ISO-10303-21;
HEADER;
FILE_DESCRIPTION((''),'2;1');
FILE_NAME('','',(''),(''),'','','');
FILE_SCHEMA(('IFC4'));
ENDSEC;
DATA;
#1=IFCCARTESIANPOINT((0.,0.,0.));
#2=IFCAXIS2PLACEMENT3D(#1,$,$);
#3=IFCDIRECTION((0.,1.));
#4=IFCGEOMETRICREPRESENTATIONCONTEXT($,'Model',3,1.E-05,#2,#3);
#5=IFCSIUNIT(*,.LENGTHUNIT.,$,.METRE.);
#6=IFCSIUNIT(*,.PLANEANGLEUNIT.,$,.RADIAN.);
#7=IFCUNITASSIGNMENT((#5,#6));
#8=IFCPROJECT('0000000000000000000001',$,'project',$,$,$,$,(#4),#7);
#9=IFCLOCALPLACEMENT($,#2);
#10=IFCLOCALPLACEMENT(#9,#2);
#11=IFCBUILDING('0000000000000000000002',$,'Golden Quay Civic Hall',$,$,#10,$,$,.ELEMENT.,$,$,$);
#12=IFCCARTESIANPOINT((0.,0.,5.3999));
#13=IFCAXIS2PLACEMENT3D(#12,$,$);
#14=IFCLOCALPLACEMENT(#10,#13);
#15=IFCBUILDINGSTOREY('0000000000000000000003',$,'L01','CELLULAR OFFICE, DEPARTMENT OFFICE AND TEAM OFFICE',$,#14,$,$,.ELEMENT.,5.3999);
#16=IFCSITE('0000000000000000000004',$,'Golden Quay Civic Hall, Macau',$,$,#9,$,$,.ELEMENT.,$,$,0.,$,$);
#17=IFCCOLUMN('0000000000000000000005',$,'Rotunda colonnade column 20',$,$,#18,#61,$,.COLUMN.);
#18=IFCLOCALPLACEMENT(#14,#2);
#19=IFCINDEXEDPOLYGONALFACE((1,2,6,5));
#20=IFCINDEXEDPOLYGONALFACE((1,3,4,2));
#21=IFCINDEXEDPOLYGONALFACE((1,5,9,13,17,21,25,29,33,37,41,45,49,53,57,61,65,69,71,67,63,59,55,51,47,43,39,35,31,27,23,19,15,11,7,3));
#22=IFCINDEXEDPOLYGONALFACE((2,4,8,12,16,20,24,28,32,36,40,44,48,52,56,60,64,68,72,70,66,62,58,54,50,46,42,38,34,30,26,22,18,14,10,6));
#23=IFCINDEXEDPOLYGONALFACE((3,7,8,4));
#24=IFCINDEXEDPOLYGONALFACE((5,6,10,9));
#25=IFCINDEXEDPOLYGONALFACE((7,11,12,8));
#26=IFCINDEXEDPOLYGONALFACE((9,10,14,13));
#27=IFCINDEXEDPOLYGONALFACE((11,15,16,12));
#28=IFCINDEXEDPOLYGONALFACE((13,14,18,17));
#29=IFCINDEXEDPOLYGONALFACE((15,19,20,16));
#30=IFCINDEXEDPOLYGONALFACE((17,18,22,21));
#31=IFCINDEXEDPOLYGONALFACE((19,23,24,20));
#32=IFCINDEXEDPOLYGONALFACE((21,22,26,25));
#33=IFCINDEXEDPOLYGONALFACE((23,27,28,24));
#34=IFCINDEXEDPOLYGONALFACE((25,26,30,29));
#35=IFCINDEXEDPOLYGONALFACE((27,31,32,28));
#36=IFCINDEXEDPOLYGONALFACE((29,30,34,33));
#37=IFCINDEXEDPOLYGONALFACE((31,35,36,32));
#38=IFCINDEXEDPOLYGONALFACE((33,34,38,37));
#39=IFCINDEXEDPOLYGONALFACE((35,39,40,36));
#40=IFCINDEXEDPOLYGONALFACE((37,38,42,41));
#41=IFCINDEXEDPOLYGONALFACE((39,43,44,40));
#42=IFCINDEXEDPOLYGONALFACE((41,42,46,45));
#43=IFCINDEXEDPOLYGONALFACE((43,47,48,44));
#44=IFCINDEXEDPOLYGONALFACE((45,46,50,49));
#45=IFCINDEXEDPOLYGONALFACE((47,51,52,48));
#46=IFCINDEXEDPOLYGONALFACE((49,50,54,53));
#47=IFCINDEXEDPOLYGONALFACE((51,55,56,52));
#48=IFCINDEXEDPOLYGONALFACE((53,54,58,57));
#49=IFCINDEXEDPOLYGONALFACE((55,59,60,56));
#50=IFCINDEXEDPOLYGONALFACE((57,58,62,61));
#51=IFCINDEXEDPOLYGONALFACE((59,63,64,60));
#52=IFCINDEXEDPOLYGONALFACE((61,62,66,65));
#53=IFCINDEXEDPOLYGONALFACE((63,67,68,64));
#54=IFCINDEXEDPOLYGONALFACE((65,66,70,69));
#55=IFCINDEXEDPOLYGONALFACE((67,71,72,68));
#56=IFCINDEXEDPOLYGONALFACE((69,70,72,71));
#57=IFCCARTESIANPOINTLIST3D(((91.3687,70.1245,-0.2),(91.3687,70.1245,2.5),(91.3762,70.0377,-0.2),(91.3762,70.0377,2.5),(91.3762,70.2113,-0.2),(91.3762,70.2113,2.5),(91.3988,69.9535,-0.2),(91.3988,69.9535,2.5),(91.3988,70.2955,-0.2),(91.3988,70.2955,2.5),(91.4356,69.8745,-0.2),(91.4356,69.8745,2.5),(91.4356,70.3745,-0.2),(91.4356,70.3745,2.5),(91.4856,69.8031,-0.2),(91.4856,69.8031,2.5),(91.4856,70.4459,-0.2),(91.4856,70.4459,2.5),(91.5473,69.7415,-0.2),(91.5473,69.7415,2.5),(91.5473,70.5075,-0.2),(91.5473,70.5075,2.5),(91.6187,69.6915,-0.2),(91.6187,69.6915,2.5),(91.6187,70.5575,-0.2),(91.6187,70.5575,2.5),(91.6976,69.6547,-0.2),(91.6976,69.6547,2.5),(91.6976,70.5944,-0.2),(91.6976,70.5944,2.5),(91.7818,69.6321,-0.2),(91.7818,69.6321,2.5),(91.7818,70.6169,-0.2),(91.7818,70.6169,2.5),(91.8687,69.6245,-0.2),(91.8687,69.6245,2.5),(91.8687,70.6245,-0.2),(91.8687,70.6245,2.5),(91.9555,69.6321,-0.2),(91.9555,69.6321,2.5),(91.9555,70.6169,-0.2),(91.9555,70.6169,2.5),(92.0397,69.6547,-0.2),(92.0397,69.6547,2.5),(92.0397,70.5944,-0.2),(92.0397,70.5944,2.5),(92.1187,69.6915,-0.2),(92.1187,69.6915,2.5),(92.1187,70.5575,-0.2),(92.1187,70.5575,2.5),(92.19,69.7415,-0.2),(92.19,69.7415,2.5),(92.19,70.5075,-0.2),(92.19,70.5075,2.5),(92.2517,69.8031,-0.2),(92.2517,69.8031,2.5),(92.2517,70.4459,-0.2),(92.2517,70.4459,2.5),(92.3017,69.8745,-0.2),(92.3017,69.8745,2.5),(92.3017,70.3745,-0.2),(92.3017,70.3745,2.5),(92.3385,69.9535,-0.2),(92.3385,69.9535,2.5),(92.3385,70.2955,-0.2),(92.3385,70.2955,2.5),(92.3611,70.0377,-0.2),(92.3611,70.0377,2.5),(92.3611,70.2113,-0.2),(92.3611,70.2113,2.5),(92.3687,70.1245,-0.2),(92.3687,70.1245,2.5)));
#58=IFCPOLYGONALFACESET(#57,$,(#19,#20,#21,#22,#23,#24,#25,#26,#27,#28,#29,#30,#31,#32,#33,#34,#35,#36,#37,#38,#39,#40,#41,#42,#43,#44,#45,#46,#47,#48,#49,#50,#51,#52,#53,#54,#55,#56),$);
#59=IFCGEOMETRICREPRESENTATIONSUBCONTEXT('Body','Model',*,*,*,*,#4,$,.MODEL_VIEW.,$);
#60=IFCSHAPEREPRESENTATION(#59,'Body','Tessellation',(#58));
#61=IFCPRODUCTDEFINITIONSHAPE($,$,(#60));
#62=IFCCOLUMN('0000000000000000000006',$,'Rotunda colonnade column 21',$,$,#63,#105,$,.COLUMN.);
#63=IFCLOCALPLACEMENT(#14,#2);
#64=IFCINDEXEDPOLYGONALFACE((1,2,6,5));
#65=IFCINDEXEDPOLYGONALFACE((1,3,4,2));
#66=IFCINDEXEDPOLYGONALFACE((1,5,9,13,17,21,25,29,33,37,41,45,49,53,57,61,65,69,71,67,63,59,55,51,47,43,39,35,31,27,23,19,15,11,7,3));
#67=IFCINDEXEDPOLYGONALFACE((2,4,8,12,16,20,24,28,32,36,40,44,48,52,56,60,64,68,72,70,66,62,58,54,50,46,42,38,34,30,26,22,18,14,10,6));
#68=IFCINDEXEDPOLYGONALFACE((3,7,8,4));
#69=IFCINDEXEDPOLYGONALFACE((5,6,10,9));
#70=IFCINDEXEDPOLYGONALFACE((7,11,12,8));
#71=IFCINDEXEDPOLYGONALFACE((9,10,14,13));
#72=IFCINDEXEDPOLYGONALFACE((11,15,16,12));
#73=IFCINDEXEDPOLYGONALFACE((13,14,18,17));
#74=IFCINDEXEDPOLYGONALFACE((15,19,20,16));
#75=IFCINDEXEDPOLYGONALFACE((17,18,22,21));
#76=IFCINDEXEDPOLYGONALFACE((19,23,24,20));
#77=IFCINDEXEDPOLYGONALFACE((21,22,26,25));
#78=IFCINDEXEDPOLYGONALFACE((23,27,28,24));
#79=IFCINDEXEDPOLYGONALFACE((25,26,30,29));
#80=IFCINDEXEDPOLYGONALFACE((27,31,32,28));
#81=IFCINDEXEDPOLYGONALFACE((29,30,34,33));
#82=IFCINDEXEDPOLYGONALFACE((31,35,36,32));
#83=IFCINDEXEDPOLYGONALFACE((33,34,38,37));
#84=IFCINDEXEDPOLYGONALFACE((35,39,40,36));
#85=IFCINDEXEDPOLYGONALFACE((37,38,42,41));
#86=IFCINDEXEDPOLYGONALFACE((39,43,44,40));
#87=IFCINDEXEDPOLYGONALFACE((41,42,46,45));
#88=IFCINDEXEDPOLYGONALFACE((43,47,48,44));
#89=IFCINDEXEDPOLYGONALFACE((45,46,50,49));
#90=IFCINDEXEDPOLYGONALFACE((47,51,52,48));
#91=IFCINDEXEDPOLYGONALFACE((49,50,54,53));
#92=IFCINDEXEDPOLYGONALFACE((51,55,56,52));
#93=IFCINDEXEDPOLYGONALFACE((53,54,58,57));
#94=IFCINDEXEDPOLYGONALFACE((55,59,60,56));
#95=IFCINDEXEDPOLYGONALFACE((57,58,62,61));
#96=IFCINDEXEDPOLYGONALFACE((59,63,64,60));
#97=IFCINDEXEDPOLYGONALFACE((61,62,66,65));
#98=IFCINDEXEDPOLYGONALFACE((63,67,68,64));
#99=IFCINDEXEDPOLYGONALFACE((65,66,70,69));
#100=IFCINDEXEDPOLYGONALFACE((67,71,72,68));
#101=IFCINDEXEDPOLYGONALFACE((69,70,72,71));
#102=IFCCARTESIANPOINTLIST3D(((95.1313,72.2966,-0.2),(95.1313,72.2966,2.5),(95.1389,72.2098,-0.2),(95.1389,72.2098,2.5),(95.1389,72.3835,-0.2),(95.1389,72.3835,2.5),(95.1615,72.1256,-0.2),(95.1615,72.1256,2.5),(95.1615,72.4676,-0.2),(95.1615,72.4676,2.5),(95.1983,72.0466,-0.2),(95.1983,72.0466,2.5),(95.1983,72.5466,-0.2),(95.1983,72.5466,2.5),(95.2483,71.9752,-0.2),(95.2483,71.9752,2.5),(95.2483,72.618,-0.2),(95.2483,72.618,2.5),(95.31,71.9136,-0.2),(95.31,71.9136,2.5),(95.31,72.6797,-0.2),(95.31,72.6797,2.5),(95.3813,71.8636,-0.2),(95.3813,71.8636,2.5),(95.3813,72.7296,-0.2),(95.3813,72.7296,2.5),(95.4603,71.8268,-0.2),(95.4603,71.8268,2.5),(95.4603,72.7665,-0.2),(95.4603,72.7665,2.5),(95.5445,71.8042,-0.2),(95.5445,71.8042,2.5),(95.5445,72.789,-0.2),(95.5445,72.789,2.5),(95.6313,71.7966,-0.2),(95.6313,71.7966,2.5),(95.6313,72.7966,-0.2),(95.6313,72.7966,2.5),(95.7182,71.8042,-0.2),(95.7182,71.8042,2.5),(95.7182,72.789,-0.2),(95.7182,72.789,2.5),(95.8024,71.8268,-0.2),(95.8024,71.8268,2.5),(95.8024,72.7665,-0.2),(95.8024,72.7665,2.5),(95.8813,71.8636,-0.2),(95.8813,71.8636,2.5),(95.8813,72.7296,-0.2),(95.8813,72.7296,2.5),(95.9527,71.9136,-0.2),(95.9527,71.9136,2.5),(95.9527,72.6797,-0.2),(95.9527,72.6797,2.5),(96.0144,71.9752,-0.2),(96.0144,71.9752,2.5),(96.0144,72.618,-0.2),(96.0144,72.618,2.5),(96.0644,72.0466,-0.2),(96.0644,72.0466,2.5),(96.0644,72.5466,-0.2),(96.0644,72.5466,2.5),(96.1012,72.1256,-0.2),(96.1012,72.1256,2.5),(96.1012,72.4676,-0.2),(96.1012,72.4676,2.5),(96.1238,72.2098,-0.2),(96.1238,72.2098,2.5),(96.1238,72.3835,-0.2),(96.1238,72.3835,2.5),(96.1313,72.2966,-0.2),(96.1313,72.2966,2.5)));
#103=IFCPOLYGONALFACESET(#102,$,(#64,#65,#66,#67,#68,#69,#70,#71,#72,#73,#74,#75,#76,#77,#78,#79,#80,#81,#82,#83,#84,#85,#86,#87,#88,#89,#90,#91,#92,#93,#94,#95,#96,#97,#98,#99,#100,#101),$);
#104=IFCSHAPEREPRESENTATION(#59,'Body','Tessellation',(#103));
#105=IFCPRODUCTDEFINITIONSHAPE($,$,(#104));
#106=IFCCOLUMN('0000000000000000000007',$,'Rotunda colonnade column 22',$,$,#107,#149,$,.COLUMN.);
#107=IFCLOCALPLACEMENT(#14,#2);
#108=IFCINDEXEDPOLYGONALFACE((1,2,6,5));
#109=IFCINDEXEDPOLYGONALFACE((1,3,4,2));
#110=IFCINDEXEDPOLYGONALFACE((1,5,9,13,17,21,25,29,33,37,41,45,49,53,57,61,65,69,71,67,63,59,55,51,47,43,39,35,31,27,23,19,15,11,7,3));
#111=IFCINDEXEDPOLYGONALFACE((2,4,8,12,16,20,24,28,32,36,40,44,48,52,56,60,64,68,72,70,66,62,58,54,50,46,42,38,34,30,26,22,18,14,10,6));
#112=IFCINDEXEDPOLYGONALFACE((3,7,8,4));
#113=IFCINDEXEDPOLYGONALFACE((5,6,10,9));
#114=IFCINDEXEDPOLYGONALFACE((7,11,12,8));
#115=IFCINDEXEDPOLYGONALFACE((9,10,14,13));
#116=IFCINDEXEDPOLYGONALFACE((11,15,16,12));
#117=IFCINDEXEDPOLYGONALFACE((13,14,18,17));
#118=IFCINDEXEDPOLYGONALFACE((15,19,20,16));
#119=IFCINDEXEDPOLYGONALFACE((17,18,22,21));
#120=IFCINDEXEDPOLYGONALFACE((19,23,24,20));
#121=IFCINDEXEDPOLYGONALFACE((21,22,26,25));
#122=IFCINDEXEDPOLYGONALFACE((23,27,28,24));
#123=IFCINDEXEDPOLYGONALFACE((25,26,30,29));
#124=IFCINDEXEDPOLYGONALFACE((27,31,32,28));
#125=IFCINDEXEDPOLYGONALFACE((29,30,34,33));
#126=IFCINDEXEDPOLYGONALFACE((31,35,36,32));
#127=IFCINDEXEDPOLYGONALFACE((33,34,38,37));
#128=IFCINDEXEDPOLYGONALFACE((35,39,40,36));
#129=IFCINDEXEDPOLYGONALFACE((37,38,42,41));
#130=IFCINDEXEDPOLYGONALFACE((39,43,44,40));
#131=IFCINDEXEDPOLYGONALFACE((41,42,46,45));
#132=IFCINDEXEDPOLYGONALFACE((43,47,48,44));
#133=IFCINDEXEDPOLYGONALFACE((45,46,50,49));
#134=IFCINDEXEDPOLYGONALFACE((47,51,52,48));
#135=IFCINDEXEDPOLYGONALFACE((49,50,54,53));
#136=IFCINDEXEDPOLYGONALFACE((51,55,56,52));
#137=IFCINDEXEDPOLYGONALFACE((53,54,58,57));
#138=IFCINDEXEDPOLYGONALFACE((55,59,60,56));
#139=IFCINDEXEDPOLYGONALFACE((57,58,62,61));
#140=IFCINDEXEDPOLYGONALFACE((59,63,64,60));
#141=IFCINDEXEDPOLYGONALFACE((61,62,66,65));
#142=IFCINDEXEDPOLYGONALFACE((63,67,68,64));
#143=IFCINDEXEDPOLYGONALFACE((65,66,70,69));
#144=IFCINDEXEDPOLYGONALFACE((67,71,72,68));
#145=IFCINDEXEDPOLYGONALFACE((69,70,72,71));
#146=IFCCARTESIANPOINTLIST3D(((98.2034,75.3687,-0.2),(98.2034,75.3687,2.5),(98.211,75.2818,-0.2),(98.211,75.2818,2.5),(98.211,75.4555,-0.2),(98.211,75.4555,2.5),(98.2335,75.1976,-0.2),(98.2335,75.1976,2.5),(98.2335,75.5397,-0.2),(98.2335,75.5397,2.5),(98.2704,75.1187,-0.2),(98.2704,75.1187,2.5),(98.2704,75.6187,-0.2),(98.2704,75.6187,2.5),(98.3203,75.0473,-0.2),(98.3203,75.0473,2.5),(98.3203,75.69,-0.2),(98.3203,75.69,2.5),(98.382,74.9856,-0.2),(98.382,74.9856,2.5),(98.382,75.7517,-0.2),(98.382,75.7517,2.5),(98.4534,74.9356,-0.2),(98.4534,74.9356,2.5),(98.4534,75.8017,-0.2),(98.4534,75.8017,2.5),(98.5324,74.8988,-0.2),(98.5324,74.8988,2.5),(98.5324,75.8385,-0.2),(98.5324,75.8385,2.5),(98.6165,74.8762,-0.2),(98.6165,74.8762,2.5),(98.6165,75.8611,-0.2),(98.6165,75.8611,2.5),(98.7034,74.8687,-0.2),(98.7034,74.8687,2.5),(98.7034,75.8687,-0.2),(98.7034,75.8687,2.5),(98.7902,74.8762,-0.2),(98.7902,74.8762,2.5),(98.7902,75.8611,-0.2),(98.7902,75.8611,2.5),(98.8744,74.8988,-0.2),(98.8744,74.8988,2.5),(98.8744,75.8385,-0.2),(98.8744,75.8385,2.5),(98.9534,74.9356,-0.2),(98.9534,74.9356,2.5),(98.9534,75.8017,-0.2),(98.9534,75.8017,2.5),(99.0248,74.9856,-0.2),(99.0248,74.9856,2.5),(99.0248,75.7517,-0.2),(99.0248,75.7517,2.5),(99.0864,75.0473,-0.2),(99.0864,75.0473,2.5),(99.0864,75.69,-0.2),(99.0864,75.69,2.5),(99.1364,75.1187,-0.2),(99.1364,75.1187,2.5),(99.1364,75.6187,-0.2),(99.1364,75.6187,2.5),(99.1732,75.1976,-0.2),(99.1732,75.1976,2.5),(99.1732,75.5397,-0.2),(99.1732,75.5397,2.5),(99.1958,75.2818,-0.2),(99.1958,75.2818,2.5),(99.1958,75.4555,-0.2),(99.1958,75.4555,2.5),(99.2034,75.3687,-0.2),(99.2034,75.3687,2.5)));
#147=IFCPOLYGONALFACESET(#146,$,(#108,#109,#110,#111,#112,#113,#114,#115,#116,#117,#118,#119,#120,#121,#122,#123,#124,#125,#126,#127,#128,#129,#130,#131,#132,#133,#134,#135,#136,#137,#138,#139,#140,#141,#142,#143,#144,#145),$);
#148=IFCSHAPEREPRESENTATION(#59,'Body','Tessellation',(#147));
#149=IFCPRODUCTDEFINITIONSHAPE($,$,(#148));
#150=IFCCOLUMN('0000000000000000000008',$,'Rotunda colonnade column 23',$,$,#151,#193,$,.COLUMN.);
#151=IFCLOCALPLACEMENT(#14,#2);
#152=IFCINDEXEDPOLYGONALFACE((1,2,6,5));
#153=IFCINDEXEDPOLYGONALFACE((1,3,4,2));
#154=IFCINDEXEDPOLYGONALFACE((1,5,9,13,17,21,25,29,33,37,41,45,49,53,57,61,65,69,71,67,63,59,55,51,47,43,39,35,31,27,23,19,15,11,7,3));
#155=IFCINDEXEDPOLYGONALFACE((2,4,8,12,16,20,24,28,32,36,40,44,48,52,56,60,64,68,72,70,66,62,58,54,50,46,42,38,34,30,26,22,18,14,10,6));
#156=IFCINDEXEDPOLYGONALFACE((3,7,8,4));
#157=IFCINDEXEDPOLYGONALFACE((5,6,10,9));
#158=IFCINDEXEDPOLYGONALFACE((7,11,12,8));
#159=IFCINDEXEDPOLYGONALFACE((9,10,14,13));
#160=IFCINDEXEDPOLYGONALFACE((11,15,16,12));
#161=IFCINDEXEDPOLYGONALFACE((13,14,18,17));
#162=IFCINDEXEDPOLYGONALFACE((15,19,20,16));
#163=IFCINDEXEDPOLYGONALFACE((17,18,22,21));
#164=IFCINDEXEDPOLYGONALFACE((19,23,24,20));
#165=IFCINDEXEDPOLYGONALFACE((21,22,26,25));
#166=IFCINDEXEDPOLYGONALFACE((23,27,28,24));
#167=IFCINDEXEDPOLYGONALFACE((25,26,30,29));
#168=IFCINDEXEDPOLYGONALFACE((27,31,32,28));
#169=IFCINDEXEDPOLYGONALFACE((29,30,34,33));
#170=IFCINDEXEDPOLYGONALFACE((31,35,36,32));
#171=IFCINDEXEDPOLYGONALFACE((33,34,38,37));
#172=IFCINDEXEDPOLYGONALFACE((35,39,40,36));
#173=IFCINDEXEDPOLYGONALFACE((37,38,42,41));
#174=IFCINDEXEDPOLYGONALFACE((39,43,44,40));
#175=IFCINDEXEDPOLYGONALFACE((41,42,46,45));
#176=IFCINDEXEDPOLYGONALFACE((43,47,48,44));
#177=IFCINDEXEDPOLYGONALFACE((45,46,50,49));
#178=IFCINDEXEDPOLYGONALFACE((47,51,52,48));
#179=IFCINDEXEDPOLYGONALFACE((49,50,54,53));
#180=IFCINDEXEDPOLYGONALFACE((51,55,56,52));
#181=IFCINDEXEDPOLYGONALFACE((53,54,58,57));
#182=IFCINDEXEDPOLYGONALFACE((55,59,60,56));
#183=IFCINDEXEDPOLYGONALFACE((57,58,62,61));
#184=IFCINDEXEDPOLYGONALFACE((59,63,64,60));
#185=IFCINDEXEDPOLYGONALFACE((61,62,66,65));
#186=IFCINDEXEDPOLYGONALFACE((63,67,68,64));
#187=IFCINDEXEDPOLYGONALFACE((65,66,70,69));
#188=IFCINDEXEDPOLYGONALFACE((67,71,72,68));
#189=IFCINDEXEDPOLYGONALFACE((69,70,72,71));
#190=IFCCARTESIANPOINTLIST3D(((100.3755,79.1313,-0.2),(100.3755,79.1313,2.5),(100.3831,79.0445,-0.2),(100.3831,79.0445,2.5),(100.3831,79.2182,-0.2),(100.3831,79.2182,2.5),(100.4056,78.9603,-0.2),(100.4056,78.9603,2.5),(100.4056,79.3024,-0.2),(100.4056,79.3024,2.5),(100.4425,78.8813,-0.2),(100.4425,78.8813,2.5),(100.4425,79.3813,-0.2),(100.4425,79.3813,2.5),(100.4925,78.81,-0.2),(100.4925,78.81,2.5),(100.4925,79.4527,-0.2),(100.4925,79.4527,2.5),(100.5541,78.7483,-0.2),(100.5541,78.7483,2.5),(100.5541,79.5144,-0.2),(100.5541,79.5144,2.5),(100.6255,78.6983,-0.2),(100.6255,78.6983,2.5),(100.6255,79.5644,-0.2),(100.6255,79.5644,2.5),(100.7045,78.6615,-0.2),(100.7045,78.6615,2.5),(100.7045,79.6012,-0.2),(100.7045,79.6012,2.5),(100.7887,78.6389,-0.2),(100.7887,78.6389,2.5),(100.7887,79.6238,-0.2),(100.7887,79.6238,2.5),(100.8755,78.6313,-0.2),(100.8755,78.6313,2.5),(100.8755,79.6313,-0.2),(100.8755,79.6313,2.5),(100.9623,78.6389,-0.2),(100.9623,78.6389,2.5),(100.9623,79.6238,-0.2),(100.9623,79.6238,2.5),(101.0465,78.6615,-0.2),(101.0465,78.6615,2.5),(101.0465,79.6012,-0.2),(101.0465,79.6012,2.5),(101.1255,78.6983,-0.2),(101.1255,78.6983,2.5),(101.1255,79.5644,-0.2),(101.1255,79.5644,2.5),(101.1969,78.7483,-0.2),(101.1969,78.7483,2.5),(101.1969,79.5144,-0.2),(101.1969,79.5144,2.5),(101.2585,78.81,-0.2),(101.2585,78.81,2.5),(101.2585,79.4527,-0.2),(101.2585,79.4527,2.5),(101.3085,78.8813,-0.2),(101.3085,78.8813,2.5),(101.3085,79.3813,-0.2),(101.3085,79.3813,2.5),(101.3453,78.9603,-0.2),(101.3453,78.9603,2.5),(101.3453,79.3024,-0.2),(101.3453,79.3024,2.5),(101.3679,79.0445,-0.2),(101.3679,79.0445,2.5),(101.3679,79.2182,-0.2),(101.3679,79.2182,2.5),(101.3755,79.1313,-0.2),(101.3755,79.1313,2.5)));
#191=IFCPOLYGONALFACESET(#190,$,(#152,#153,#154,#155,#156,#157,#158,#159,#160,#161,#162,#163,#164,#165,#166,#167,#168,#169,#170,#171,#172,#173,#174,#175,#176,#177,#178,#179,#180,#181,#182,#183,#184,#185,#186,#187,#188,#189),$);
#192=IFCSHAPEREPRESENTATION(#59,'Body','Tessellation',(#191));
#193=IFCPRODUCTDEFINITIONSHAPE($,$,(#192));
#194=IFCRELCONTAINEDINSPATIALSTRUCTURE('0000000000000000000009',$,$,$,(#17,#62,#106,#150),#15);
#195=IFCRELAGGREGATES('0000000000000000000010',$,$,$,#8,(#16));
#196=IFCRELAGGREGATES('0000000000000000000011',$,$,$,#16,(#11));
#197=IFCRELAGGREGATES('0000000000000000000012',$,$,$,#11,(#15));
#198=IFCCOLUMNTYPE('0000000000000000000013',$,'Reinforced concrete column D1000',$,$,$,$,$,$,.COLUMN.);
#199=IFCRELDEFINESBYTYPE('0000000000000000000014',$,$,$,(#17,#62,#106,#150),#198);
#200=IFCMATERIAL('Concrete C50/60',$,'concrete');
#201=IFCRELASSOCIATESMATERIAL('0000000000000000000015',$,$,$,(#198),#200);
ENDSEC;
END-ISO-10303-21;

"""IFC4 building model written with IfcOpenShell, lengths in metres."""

from ifc_helpers import new_model, si_unit, direction, frame, origin, origin_2d, place, context, subcontext, project, spatial, circle, extrude, material, material_profile, profile_set, type_object, element, save


model = new_model("IFC4")

# Units and contexts
model_context = context("Model", 3, precision=1e-05, world=origin(), true_north=direction((0.0, 1.0)))
body_context = subcontext(model_context, "Body", "Model", "MODEL_VIEW")
ifc_project = project(units=[si_unit("LENGTHUNIT", "METRE"), si_unit("PLANEANGLEUNIT", "RADIAN")], contexts=[model_context])

# Site, building, storey
site_placement = place(None, origin())
site = spatial("IfcSite", under=ifc_project, at=site_placement, Name="Golden Quay Civic Hall, Macau", CompositionType="ELEMENT", RefElevation=0.0)
building_placement = place(site_placement, origin())
building = spatial("IfcBuilding", under=site, at=building_placement, Name="Golden Quay Civic Hall", CompositionType="ELEMENT")
storey_placement = place(building_placement, frame((0.0, 0.0, 5.3999)))
storey = spatial("IfcBuildingStorey", under=building, at=storey_placement, Name="L01", Description="CELLULAR OFFICE, DEPARTMENT OFFICE AND TEAM OFFICE", CompositionType="ELEMENT", Elevation=5.3999)

# Columns
ifc_material_1 = material(Name="Concrete C50/60", Category="concrete")
ifc_material_profile_1 = material_profile(ifc_material_1, circle(Radius=0.5, at=origin_2d()), Name="RC D1000")
ifc_profile_set_1 = profile_set([ifc_material_profile_1], Name="Concrete C50/60")
column_type_1 = type_object("IfcColumnType", Name="Reinforced concrete column D1000", PredefinedType="COLUMN", material=ifc_profile_set_1)
for number, where, z_axis, x_axis, name in (
    (1, (91.8687, 70.1245, -0.2), (0.0, 0.0, 1.0), (1.0, 0.0, 0.0), "Rotunda colonnade column 20"),
    (2, (95.6313, 72.2966, -0.2), (0.0, 0.0, 1.0), (1.0, 0.0, 0.0), "Rotunda colonnade column 21"),
    (3, (98.7034, 75.3687, -0.2), (0.0, 0.0, 1.0), (1.0, 0.0, 0.0), "Rotunda colonnade column 22"),
    (4, (100.8755, 79.1313, -0.2), (0.0, 0.0, 1.0), (1.0, 0.0, 0.0), "Rotunda colonnade column 23"),
):
    element("IfcColumn", number, at=place(storey_placement, frame(where, z_axis=z_axis, x_axis=x_axis)), inside=storey, type_object=column_type_1, Name=name, PredefinedType="COLUMN", context=body_context, shape_type="SweptSolid", body=[
        extrude(circle(Radius=0.5, at=origin_2d()), origin(), (0.0, 0.0, 1.0), 2.7),
    ])

save(model, "model.ifc")
